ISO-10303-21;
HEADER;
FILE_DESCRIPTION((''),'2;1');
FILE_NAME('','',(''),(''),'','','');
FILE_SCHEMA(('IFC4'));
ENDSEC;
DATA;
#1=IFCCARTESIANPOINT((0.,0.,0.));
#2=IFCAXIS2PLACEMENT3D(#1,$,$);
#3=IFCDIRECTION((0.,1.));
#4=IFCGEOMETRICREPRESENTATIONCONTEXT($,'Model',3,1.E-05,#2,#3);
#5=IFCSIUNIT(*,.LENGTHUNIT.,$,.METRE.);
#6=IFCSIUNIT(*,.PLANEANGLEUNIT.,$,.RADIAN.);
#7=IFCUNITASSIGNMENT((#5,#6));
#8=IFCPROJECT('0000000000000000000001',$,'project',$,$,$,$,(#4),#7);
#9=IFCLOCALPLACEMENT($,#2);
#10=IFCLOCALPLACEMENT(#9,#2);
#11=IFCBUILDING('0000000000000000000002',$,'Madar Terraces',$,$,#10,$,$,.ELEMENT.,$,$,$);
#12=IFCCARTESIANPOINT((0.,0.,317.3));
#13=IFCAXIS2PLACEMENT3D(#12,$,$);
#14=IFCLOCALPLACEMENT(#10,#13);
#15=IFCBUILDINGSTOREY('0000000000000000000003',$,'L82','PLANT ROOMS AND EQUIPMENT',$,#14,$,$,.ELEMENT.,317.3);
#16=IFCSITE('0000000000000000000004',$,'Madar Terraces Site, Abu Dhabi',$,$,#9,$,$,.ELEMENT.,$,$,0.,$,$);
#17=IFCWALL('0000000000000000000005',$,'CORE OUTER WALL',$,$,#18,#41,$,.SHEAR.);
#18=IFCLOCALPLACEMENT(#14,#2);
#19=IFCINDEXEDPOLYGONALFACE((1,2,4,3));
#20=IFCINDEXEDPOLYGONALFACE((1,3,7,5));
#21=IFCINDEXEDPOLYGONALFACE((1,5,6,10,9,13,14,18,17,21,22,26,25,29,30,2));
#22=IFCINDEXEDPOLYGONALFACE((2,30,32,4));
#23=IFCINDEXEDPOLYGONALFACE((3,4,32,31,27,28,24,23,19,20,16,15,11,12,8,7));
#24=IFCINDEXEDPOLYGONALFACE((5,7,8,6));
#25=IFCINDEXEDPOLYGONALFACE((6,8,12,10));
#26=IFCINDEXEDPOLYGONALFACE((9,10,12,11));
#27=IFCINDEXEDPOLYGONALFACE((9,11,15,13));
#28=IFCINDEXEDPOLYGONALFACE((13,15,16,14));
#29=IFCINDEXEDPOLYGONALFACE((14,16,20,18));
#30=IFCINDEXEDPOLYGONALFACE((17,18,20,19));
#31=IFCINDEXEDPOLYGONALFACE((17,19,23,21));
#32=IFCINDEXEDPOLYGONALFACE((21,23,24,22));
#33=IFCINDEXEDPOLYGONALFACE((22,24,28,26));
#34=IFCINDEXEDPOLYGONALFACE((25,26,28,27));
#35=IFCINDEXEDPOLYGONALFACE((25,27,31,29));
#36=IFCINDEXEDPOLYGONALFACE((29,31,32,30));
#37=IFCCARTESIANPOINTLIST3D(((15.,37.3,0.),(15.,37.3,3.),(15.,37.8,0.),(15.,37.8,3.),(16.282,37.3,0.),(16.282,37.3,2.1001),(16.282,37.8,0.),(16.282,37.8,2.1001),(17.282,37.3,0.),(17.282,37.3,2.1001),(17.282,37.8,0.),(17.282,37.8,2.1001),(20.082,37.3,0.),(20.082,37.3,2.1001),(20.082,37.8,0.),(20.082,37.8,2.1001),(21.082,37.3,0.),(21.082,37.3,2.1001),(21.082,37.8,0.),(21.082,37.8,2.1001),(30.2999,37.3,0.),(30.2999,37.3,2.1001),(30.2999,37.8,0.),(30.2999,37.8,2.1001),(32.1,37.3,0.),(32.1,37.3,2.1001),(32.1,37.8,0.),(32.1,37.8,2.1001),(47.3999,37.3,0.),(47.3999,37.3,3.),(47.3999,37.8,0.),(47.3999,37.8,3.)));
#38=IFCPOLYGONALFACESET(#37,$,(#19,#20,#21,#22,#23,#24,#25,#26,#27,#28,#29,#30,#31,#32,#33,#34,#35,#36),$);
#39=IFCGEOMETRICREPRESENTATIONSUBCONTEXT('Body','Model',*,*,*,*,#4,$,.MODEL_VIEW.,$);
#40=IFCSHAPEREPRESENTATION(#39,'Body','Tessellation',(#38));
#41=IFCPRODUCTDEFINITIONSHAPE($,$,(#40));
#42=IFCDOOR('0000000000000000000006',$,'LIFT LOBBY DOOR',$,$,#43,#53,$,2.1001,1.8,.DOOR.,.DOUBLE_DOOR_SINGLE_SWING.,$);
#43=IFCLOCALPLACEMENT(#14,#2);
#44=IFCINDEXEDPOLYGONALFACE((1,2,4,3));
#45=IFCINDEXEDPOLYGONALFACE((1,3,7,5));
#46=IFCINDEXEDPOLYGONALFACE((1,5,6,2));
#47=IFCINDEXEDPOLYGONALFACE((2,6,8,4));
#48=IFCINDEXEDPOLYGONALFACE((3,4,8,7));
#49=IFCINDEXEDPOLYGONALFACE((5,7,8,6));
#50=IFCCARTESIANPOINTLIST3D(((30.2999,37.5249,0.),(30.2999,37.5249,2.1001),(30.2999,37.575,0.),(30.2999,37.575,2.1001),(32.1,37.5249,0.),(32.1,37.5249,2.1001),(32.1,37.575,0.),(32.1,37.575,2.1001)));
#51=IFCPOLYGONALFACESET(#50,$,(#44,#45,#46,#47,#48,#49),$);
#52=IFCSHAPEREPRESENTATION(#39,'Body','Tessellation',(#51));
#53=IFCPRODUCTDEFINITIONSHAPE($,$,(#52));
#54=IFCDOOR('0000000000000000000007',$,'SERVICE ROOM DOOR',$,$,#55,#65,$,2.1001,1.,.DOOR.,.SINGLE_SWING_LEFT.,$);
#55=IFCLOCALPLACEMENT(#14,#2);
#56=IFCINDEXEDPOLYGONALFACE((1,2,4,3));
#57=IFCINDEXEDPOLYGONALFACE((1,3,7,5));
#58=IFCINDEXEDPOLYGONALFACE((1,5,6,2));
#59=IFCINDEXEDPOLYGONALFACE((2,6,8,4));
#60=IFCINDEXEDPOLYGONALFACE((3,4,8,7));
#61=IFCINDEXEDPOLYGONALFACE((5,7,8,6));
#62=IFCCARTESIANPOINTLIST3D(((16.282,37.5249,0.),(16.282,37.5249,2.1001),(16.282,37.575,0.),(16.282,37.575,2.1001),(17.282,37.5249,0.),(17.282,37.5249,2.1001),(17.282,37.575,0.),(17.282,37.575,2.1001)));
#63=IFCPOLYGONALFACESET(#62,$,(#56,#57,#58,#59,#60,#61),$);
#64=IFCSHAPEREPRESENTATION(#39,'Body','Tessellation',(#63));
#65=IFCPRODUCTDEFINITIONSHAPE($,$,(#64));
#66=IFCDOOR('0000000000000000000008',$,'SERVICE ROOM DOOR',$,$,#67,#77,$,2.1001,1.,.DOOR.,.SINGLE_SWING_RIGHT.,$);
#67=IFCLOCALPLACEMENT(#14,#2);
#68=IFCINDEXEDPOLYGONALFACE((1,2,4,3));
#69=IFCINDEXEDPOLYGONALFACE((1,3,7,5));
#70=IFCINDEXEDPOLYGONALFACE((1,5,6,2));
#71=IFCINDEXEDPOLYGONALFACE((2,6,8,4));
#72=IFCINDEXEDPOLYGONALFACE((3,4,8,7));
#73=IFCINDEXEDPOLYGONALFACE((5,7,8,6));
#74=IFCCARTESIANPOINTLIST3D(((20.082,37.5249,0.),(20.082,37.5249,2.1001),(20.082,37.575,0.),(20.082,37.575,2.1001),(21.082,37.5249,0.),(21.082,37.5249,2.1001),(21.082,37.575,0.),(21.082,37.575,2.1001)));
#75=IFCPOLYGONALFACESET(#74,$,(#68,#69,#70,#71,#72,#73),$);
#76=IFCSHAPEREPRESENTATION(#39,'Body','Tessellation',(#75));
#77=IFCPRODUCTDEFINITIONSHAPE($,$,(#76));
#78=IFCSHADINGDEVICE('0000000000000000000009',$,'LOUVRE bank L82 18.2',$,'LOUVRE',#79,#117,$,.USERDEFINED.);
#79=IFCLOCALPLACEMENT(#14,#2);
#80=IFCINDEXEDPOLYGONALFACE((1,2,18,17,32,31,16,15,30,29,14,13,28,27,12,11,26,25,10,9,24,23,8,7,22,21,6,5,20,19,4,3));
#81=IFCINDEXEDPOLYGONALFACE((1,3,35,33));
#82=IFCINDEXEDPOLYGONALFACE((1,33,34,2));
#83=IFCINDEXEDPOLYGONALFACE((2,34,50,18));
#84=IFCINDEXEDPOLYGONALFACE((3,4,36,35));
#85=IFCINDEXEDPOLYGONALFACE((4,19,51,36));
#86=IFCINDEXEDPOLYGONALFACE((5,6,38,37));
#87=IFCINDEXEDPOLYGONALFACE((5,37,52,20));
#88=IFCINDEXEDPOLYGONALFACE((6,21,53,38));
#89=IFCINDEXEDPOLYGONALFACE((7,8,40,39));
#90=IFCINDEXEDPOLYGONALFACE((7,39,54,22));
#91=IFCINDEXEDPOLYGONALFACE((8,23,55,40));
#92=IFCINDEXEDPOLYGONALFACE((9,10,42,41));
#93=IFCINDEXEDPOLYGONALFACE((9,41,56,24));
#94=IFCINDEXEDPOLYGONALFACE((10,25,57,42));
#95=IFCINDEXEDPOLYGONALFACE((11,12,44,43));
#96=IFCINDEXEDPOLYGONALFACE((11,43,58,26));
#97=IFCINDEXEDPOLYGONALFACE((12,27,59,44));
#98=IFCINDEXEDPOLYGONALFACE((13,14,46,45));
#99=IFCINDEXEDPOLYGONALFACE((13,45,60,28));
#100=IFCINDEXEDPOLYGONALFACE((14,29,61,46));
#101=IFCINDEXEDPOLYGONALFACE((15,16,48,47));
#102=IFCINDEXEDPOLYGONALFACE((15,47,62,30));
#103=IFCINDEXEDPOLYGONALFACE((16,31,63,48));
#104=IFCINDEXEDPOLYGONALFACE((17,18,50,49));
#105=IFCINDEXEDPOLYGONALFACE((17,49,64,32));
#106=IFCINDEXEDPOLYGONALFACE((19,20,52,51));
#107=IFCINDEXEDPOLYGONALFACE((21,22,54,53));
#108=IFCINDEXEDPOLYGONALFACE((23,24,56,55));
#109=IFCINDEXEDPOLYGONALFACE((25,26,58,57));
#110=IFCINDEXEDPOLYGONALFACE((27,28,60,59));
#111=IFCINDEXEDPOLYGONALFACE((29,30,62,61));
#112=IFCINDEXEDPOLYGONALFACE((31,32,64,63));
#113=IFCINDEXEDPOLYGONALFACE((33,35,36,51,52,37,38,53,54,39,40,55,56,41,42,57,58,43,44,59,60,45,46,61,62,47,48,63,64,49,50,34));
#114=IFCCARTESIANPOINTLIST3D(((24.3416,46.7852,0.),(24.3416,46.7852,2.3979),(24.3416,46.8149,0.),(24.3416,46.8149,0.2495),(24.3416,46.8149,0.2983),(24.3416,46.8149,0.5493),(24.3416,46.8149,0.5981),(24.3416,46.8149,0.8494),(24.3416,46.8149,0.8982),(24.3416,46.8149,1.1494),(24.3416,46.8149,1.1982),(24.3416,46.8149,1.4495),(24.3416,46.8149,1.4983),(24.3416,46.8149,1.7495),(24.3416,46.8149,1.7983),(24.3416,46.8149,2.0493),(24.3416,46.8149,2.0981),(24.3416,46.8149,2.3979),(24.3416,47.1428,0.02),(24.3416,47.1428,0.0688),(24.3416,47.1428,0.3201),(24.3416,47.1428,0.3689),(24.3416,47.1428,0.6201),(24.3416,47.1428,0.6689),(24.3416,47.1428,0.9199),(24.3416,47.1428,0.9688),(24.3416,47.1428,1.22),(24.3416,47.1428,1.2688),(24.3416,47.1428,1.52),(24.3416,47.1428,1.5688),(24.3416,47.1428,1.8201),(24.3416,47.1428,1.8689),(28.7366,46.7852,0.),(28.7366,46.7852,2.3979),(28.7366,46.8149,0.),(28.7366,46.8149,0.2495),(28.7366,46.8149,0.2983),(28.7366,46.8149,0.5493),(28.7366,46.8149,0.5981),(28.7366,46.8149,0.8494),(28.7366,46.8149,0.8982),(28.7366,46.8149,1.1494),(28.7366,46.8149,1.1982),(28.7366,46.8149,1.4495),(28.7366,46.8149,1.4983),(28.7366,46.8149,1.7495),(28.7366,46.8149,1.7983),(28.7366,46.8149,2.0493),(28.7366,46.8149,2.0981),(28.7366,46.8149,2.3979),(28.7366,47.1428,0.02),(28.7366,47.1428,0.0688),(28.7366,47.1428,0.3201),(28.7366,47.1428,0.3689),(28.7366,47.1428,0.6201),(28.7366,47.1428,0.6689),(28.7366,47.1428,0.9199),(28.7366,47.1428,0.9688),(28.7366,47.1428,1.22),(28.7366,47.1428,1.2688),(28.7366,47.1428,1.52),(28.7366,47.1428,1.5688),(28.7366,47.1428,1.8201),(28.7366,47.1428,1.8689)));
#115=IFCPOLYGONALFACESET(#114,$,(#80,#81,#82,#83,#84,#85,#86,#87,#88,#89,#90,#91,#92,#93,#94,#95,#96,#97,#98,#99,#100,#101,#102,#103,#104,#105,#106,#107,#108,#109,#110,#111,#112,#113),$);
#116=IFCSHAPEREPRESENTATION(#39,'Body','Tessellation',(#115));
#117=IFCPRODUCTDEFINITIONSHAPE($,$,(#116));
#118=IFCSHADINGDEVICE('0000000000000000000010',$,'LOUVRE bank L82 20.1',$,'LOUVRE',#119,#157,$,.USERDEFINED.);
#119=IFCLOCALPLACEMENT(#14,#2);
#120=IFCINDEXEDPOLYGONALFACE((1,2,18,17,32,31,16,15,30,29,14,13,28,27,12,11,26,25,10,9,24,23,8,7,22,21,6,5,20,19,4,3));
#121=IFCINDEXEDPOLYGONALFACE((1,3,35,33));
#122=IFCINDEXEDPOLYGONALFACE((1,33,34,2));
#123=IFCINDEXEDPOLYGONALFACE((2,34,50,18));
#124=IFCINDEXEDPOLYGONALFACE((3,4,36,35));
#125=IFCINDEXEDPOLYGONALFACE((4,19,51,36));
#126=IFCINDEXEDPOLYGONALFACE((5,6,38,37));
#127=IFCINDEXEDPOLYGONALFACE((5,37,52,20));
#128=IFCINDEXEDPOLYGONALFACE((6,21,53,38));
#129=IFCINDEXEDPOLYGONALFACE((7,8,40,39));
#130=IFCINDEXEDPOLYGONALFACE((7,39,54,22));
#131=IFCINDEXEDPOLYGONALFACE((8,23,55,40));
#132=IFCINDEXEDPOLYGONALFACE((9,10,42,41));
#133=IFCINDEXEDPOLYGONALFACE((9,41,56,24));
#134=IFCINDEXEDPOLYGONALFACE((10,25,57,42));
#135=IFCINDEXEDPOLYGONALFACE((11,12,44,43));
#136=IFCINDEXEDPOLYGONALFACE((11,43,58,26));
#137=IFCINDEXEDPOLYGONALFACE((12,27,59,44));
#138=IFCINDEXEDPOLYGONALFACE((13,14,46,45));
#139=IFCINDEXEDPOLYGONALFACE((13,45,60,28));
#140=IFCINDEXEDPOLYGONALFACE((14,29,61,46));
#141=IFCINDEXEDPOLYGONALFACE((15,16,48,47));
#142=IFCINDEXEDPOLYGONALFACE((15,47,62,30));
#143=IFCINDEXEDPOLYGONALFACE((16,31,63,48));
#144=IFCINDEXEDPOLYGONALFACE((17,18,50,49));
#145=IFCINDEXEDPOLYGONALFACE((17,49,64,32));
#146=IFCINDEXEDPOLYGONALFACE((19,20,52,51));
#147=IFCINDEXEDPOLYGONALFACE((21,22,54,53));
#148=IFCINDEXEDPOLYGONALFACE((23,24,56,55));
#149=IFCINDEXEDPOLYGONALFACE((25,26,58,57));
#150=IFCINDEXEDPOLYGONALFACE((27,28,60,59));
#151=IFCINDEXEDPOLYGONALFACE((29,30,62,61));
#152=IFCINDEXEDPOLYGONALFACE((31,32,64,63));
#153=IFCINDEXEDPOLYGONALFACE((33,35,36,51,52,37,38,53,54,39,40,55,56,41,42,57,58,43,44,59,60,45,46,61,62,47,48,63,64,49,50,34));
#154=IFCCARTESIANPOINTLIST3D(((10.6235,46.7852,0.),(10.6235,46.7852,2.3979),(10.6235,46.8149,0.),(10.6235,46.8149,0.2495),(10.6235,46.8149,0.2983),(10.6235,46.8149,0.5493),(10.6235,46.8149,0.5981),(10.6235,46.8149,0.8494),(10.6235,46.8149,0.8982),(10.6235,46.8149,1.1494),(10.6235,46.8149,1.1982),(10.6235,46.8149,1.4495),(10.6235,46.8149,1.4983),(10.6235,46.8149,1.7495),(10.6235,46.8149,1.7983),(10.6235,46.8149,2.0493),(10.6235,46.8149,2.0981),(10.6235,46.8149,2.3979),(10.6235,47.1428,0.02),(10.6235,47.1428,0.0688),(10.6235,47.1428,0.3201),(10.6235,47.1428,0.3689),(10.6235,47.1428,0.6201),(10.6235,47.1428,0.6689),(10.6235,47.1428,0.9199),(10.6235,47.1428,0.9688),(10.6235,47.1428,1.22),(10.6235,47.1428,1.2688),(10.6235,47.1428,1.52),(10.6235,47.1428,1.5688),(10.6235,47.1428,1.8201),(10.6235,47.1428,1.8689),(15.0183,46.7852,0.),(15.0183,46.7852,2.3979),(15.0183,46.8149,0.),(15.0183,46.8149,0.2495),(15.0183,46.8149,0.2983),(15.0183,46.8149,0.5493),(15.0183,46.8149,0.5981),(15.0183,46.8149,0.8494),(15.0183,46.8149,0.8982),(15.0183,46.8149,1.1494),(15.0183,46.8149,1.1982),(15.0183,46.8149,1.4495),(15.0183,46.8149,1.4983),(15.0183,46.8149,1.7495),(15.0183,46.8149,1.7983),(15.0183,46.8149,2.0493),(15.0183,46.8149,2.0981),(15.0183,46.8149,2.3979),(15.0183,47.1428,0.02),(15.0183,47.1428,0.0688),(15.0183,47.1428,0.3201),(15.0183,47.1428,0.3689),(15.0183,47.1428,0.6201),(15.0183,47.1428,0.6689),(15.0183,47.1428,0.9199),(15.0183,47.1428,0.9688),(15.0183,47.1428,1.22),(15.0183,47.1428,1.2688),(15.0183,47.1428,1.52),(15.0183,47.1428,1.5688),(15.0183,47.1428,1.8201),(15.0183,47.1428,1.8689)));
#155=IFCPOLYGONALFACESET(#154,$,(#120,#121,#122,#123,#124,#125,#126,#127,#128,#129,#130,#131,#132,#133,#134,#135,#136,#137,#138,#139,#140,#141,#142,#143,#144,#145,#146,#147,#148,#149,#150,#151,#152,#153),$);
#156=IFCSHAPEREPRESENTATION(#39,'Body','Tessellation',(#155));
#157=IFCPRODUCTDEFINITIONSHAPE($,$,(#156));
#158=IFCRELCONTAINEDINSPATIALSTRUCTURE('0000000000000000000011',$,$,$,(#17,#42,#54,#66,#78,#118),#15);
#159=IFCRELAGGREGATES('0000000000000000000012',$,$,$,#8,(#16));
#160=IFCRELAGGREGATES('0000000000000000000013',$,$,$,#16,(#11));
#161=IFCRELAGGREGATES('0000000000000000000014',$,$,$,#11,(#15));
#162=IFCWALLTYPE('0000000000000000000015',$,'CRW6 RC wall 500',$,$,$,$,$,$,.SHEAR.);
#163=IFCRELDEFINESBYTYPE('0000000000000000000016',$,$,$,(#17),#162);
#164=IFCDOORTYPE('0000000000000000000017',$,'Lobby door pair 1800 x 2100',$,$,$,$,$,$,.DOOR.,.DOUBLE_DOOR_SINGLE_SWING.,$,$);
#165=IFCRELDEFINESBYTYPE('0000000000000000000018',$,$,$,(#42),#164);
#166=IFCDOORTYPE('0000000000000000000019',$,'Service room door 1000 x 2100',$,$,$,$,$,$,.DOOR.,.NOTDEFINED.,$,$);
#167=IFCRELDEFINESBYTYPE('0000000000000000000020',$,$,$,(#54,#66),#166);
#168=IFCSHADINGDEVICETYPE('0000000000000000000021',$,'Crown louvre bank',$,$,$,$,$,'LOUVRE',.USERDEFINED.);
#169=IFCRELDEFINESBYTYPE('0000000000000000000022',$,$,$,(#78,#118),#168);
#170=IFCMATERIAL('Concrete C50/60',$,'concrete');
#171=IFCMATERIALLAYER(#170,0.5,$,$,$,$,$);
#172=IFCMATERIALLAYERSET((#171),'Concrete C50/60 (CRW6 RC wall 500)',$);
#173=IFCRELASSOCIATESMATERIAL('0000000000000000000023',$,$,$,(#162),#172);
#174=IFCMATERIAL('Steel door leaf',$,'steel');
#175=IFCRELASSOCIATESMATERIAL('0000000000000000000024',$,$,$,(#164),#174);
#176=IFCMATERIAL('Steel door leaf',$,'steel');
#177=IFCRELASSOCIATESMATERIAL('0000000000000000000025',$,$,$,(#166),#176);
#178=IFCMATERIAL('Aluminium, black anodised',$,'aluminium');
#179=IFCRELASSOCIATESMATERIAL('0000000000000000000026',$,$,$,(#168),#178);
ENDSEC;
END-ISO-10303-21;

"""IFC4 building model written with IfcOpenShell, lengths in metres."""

from ifc_helpers import new_model, si_unit, direction, frame, frame_2d, origin, place, context, subcontext, project, spatial, polyline, rectangle, outline, extrude, material, layer, layer_set, type_object, element, fill, save


model = new_model("IFC4")

# Units and contexts
model_context = context("Model", 3, precision=1e-05, world=origin(), true_north=direction((0.0, 1.0)))
body_context = subcontext(model_context, "Body", "Model", "MODEL_VIEW")
ifc_project = project(units=[si_unit("LENGTHUNIT", "METRE"), si_unit("PLANEANGLEUNIT", "RADIAN")], contexts=[model_context])

# Site, building, storey
site_placement = place(None, origin())
site = spatial("IfcSite", under=ifc_project, at=site_placement, Name="Madar Terraces Site, Abu Dhabi", CompositionType="ELEMENT", RefElevation=0.0)
building_placement = place(site_placement, origin())
building = spatial("IfcBuilding", under=site, at=building_placement, Name="Madar Terraces", CompositionType="ELEMENT")
storey_placement = place(building_placement, frame((0.0, 0.0, 317.3)))
storey = spatial("IfcBuildingStorey", under=building, at=storey_placement, Name="L82", Description="PLANT ROOMS AND EQUIPMENT", CompositionType="ELEMENT", Elevation=317.3)

# Wall, openings, doors
ifc_material_1 = material(Name="Concrete C50/60", Category="concrete")
ifc_layer = layer(ifc_material_1, 0.5)
ifc_layer_set = layer_set([ifc_layer], Name="Concrete C50/60 (CRW6 RC wall 500)")
wall_type = type_object("IfcWallType", Name="CRW6 RC wall 500", PredefinedType="SHEAR", material=ifc_layer_set)
wall_placement = place(storey_placement, frame((15.0, 37.55, 0.0), z_axis=(0.0, 0.0, 1.0), x_axis=(1.0, 0.0, 0.0)))
wall = element("IfcWall", 1, at=wall_placement, inside=storey, type_object=wall_type, Name="CORE OUTER WALL", PredefinedType="SHEAR", context=body_context, shape_type="SweptSolid", body=[
    extrude(rectangle(XDim=32.3999, YDim=0.5, at=frame_2d((16.2, 0.0))), origin(), (0.0, 0.0, 1.0), 3.0),
])
opening_1_placement = place(wall_placement, frame((15.3, 0.0, 0.0)))
opening_1 = element("IfcOpeningElement", 2, at=opening_1_placement, cuts=wall, PredefinedType="OPENING", context=body_context, shape_type="SweptSolid", body=[
    extrude(rectangle(XDim=1.8, YDim=2.1001, at=frame_2d((0.8999, 1.05))), frame((0.0, 0.26, 0.0), z_axis=(0.0, -1.0, 0.0), x_axis=(1.0, 0.0, 0.0)), (0.0, 0.0, 1.0), 0.52),
])
opening_2_placement = place(wall_placement, frame((1.282, 0.0, 0.0)))
opening_2 = element("IfcOpeningElement", 3, at=opening_2_placement, cuts=wall, PredefinedType="OPENING", context=body_context, shape_type="SweptSolid", body=[
    extrude(rectangle(XDim=1.0, YDim=2.1001, at=frame_2d((0.5, 1.05))), frame((0.0, 0.26, 0.0), z_axis=(0.0, -1.0, 0.0), x_axis=(1.0, 0.0, 0.0)), (0.0, 0.0, 1.0), 0.52),
])
opening_3_placement = place(wall_placement, frame((5.082, 0.0, 0.0)))
opening_3 = element("IfcOpeningElement", 4, at=opening_3_placement, cuts=wall, PredefinedType="OPENING", context=body_context, shape_type="SweptSolid", body=[
    extrude(rectangle(XDim=1.0, YDim=2.1001, at=frame_2d((0.5, 1.05))), frame((0.0, 0.26, 0.0), z_axis=(0.0, -1.0, 0.0), x_axis=(1.0, 0.0, 0.0)), (0.0, 0.0, 1.0), 0.52),
])
ifc_material_2 = material(Name="Steel door leaf", Category="steel")
door_type_1 = type_object("IfcDoorType", Name="Lobby door pair 1800 x 2100", OperationType="DOUBLE_DOOR_SINGLE_SWING", PredefinedType="DOOR", material=ifc_material_2)
door_1_placement = place(opening_1_placement, origin())
door_1 = element("IfcDoor", 5, at=door_1_placement, inside=storey, type_object=door_type_1, Name="LIFT LOBBY DOOR", OperationType="DOUBLE_DOOR_SINGLE_SWING", OverallHeight=2.1001, OverallWidth=1.8, PredefinedType="DOOR", context=body_context, shape_type="SweptSolid", body=[
    extrude(rectangle(XDim=1.8, YDim=2.1001, at=frame_2d((0.8999, 1.05))), frame((0.0, 0.0249, 0.0), z_axis=(0.0, -1.0, 0.0), x_axis=(1.0, 0.0, 0.0)), (0.0, 0.0, 1.0), 0.05),
])
fill(opening_1, door_1)
ifc_material_3 = material(Name="Steel door leaf", Category="steel")
door_type_2 = type_object("IfcDoorType", Name="Service room door 1000 x 2100", OperationType="NOTDEFINED", PredefinedType="DOOR", material=ifc_material_3)
door_2_placement = place(opening_2_placement, origin())
door_2 = element("IfcDoor", 6, at=door_2_placement, inside=storey, type_object=door_type_2, Name="SERVICE ROOM DOOR", OperationType="SINGLE_SWING_LEFT", OverallHeight=2.1001, OverallWidth=1.0, PredefinedType="DOOR", context=body_context, shape_type="SweptSolid", body=[
    extrude(rectangle(XDim=1.0, YDim=2.1001, at=frame_2d((0.5, 1.05))), frame((0.0, 0.0249, 0.0), z_axis=(0.0, -1.0, 0.0), x_axis=(1.0, 0.0, 0.0)), (0.0, 0.0, 1.0), 0.05),
])
fill(opening_2, door_2)
door_3_placement = place(opening_3_placement, origin())
door_3 = element("IfcDoor", 7, at=door_3_placement, inside=storey, type_object=door_type_2, Name="SERVICE ROOM DOOR", OperationType="SINGLE_SWING_RIGHT", OverallHeight=2.1001, OverallWidth=1.0, PredefinedType="DOOR", context=body_context, shape_type="SweptSolid", body=[
    extrude(rectangle(XDim=1.0, YDim=2.1001, at=frame_2d((0.5, 1.05))), frame((0.0, 0.0249, 0.0), z_axis=(0.0, -1.0, 0.0), x_axis=(1.0, 0.0, 0.0)), (0.0, 0.0, 1.0), 0.05),
])
fill(opening_3, door_3)

# Shading devices
ifc_material_4 = material(Name="Aluminium, black anodised", Category="aluminium")
shading_device_type = type_object("IfcShadingDeviceType", Name="Crown louvre bank", ElementType="LOUVRE", PredefinedType="USERDEFINED", material=ifc_material_4)
shading_device_1_placement = place(storey_placement, frame((28.7366, 46.8, 0.0), z_axis=(-1.0, 0.0, 0.0), x_axis=(0.0, -1.0, 0.0)))
element("IfcShadingDevice", 8, at=shading_device_1_placement, inside=storey, type_object=shading_device_type, Name="LOUVRE bank L82 18.2", ObjectType="LOUVRE", PredefinedType="USERDEFINED", context=body_context, shape_type="SweptSolid", body=[
    extrude(outline(polyline([(0.0149, 0.0), (-0.0149, 0.0), (-0.0149, 0.2495), (-0.3428, 0.02), (-0.3428, 0.0688), (-0.0149, 0.2983), (-0.0149, 0.5493), (-0.3428, 0.3201), (-0.3428, 0.3689), (-0.0149, 0.5981), (-0.0149, 0.8494), (-0.3428, 0.6201), (-0.3428, 0.6689), (-0.0149, 0.8982), (-0.0149, 1.1494), (-0.3428, 0.9199), (-0.3428, 0.9688), (-0.0149, 1.1982), (-0.0149, 1.4495), (-0.3428, 1.22), (-0.3428, 1.2688), (-0.0149, 1.4983), (-0.0149, 1.7495), (-0.3428, 1.52), (-0.3428, 1.5688), (-0.0149, 1.7983), (-0.0149, 2.0493), (-0.3428, 1.8201), (-0.3428, 1.8689), (-0.0149, 2.0981), (-0.0149, 2.3979), (0.0149, 2.3979), (0.0149, 0.0)])), origin(), (0.0, 0.0, 1.0), 4.395),
])
shading_device_2_placement = place(storey_placement, frame((15.0183, 46.8, 0.0), z_axis=(-1.0, 0.0, 0.0), x_axis=(0.0, -1.0, 0.0)))
element("IfcShadingDevice", 9, at=shading_device_2_placement, inside=storey, type_object=shading_device_type, Name="LOUVRE bank L82 20.1", ObjectType="LOUVRE", PredefinedType="USERDEFINED", context=body_context, shape_type="SweptSolid", body=[
    extrude(outline(polyline([(0.0149, 0.0), (-0.0149, 0.0), (-0.0149, 0.2495), (-0.3428, 0.02), (-0.3428, 0.0688), (-0.0149, 0.2983), (-0.0149, 0.5493), (-0.3428, 0.3201), (-0.3428, 0.3689), (-0.0149, 0.5981), (-0.0149, 0.8494), (-0.3428, 0.6201), (-0.3428, 0.6689), (-0.0149, 0.8982), (-0.0149, 1.1494), (-0.3428, 0.9199), (-0.3428, 0.9688), (-0.0149, 1.1982), (-0.0149, 1.4495), (-0.3428, 1.22), (-0.3428, 1.2688), (-0.0149, 1.4983), (-0.0149, 1.7495), (-0.3428, 1.52), (-0.3428, 1.5688), (-0.0149, 1.7983), (-0.0149, 2.0493), (-0.3428, 1.8201), (-0.3428, 1.8689), (-0.0149, 2.0981), (-0.0149, 2.3979), (0.0149, 2.3979), (0.0149, 0.0)])), origin(), (0.0, 0.0, 1.0), 4.3948),
])

save(model, "model.ifc")
